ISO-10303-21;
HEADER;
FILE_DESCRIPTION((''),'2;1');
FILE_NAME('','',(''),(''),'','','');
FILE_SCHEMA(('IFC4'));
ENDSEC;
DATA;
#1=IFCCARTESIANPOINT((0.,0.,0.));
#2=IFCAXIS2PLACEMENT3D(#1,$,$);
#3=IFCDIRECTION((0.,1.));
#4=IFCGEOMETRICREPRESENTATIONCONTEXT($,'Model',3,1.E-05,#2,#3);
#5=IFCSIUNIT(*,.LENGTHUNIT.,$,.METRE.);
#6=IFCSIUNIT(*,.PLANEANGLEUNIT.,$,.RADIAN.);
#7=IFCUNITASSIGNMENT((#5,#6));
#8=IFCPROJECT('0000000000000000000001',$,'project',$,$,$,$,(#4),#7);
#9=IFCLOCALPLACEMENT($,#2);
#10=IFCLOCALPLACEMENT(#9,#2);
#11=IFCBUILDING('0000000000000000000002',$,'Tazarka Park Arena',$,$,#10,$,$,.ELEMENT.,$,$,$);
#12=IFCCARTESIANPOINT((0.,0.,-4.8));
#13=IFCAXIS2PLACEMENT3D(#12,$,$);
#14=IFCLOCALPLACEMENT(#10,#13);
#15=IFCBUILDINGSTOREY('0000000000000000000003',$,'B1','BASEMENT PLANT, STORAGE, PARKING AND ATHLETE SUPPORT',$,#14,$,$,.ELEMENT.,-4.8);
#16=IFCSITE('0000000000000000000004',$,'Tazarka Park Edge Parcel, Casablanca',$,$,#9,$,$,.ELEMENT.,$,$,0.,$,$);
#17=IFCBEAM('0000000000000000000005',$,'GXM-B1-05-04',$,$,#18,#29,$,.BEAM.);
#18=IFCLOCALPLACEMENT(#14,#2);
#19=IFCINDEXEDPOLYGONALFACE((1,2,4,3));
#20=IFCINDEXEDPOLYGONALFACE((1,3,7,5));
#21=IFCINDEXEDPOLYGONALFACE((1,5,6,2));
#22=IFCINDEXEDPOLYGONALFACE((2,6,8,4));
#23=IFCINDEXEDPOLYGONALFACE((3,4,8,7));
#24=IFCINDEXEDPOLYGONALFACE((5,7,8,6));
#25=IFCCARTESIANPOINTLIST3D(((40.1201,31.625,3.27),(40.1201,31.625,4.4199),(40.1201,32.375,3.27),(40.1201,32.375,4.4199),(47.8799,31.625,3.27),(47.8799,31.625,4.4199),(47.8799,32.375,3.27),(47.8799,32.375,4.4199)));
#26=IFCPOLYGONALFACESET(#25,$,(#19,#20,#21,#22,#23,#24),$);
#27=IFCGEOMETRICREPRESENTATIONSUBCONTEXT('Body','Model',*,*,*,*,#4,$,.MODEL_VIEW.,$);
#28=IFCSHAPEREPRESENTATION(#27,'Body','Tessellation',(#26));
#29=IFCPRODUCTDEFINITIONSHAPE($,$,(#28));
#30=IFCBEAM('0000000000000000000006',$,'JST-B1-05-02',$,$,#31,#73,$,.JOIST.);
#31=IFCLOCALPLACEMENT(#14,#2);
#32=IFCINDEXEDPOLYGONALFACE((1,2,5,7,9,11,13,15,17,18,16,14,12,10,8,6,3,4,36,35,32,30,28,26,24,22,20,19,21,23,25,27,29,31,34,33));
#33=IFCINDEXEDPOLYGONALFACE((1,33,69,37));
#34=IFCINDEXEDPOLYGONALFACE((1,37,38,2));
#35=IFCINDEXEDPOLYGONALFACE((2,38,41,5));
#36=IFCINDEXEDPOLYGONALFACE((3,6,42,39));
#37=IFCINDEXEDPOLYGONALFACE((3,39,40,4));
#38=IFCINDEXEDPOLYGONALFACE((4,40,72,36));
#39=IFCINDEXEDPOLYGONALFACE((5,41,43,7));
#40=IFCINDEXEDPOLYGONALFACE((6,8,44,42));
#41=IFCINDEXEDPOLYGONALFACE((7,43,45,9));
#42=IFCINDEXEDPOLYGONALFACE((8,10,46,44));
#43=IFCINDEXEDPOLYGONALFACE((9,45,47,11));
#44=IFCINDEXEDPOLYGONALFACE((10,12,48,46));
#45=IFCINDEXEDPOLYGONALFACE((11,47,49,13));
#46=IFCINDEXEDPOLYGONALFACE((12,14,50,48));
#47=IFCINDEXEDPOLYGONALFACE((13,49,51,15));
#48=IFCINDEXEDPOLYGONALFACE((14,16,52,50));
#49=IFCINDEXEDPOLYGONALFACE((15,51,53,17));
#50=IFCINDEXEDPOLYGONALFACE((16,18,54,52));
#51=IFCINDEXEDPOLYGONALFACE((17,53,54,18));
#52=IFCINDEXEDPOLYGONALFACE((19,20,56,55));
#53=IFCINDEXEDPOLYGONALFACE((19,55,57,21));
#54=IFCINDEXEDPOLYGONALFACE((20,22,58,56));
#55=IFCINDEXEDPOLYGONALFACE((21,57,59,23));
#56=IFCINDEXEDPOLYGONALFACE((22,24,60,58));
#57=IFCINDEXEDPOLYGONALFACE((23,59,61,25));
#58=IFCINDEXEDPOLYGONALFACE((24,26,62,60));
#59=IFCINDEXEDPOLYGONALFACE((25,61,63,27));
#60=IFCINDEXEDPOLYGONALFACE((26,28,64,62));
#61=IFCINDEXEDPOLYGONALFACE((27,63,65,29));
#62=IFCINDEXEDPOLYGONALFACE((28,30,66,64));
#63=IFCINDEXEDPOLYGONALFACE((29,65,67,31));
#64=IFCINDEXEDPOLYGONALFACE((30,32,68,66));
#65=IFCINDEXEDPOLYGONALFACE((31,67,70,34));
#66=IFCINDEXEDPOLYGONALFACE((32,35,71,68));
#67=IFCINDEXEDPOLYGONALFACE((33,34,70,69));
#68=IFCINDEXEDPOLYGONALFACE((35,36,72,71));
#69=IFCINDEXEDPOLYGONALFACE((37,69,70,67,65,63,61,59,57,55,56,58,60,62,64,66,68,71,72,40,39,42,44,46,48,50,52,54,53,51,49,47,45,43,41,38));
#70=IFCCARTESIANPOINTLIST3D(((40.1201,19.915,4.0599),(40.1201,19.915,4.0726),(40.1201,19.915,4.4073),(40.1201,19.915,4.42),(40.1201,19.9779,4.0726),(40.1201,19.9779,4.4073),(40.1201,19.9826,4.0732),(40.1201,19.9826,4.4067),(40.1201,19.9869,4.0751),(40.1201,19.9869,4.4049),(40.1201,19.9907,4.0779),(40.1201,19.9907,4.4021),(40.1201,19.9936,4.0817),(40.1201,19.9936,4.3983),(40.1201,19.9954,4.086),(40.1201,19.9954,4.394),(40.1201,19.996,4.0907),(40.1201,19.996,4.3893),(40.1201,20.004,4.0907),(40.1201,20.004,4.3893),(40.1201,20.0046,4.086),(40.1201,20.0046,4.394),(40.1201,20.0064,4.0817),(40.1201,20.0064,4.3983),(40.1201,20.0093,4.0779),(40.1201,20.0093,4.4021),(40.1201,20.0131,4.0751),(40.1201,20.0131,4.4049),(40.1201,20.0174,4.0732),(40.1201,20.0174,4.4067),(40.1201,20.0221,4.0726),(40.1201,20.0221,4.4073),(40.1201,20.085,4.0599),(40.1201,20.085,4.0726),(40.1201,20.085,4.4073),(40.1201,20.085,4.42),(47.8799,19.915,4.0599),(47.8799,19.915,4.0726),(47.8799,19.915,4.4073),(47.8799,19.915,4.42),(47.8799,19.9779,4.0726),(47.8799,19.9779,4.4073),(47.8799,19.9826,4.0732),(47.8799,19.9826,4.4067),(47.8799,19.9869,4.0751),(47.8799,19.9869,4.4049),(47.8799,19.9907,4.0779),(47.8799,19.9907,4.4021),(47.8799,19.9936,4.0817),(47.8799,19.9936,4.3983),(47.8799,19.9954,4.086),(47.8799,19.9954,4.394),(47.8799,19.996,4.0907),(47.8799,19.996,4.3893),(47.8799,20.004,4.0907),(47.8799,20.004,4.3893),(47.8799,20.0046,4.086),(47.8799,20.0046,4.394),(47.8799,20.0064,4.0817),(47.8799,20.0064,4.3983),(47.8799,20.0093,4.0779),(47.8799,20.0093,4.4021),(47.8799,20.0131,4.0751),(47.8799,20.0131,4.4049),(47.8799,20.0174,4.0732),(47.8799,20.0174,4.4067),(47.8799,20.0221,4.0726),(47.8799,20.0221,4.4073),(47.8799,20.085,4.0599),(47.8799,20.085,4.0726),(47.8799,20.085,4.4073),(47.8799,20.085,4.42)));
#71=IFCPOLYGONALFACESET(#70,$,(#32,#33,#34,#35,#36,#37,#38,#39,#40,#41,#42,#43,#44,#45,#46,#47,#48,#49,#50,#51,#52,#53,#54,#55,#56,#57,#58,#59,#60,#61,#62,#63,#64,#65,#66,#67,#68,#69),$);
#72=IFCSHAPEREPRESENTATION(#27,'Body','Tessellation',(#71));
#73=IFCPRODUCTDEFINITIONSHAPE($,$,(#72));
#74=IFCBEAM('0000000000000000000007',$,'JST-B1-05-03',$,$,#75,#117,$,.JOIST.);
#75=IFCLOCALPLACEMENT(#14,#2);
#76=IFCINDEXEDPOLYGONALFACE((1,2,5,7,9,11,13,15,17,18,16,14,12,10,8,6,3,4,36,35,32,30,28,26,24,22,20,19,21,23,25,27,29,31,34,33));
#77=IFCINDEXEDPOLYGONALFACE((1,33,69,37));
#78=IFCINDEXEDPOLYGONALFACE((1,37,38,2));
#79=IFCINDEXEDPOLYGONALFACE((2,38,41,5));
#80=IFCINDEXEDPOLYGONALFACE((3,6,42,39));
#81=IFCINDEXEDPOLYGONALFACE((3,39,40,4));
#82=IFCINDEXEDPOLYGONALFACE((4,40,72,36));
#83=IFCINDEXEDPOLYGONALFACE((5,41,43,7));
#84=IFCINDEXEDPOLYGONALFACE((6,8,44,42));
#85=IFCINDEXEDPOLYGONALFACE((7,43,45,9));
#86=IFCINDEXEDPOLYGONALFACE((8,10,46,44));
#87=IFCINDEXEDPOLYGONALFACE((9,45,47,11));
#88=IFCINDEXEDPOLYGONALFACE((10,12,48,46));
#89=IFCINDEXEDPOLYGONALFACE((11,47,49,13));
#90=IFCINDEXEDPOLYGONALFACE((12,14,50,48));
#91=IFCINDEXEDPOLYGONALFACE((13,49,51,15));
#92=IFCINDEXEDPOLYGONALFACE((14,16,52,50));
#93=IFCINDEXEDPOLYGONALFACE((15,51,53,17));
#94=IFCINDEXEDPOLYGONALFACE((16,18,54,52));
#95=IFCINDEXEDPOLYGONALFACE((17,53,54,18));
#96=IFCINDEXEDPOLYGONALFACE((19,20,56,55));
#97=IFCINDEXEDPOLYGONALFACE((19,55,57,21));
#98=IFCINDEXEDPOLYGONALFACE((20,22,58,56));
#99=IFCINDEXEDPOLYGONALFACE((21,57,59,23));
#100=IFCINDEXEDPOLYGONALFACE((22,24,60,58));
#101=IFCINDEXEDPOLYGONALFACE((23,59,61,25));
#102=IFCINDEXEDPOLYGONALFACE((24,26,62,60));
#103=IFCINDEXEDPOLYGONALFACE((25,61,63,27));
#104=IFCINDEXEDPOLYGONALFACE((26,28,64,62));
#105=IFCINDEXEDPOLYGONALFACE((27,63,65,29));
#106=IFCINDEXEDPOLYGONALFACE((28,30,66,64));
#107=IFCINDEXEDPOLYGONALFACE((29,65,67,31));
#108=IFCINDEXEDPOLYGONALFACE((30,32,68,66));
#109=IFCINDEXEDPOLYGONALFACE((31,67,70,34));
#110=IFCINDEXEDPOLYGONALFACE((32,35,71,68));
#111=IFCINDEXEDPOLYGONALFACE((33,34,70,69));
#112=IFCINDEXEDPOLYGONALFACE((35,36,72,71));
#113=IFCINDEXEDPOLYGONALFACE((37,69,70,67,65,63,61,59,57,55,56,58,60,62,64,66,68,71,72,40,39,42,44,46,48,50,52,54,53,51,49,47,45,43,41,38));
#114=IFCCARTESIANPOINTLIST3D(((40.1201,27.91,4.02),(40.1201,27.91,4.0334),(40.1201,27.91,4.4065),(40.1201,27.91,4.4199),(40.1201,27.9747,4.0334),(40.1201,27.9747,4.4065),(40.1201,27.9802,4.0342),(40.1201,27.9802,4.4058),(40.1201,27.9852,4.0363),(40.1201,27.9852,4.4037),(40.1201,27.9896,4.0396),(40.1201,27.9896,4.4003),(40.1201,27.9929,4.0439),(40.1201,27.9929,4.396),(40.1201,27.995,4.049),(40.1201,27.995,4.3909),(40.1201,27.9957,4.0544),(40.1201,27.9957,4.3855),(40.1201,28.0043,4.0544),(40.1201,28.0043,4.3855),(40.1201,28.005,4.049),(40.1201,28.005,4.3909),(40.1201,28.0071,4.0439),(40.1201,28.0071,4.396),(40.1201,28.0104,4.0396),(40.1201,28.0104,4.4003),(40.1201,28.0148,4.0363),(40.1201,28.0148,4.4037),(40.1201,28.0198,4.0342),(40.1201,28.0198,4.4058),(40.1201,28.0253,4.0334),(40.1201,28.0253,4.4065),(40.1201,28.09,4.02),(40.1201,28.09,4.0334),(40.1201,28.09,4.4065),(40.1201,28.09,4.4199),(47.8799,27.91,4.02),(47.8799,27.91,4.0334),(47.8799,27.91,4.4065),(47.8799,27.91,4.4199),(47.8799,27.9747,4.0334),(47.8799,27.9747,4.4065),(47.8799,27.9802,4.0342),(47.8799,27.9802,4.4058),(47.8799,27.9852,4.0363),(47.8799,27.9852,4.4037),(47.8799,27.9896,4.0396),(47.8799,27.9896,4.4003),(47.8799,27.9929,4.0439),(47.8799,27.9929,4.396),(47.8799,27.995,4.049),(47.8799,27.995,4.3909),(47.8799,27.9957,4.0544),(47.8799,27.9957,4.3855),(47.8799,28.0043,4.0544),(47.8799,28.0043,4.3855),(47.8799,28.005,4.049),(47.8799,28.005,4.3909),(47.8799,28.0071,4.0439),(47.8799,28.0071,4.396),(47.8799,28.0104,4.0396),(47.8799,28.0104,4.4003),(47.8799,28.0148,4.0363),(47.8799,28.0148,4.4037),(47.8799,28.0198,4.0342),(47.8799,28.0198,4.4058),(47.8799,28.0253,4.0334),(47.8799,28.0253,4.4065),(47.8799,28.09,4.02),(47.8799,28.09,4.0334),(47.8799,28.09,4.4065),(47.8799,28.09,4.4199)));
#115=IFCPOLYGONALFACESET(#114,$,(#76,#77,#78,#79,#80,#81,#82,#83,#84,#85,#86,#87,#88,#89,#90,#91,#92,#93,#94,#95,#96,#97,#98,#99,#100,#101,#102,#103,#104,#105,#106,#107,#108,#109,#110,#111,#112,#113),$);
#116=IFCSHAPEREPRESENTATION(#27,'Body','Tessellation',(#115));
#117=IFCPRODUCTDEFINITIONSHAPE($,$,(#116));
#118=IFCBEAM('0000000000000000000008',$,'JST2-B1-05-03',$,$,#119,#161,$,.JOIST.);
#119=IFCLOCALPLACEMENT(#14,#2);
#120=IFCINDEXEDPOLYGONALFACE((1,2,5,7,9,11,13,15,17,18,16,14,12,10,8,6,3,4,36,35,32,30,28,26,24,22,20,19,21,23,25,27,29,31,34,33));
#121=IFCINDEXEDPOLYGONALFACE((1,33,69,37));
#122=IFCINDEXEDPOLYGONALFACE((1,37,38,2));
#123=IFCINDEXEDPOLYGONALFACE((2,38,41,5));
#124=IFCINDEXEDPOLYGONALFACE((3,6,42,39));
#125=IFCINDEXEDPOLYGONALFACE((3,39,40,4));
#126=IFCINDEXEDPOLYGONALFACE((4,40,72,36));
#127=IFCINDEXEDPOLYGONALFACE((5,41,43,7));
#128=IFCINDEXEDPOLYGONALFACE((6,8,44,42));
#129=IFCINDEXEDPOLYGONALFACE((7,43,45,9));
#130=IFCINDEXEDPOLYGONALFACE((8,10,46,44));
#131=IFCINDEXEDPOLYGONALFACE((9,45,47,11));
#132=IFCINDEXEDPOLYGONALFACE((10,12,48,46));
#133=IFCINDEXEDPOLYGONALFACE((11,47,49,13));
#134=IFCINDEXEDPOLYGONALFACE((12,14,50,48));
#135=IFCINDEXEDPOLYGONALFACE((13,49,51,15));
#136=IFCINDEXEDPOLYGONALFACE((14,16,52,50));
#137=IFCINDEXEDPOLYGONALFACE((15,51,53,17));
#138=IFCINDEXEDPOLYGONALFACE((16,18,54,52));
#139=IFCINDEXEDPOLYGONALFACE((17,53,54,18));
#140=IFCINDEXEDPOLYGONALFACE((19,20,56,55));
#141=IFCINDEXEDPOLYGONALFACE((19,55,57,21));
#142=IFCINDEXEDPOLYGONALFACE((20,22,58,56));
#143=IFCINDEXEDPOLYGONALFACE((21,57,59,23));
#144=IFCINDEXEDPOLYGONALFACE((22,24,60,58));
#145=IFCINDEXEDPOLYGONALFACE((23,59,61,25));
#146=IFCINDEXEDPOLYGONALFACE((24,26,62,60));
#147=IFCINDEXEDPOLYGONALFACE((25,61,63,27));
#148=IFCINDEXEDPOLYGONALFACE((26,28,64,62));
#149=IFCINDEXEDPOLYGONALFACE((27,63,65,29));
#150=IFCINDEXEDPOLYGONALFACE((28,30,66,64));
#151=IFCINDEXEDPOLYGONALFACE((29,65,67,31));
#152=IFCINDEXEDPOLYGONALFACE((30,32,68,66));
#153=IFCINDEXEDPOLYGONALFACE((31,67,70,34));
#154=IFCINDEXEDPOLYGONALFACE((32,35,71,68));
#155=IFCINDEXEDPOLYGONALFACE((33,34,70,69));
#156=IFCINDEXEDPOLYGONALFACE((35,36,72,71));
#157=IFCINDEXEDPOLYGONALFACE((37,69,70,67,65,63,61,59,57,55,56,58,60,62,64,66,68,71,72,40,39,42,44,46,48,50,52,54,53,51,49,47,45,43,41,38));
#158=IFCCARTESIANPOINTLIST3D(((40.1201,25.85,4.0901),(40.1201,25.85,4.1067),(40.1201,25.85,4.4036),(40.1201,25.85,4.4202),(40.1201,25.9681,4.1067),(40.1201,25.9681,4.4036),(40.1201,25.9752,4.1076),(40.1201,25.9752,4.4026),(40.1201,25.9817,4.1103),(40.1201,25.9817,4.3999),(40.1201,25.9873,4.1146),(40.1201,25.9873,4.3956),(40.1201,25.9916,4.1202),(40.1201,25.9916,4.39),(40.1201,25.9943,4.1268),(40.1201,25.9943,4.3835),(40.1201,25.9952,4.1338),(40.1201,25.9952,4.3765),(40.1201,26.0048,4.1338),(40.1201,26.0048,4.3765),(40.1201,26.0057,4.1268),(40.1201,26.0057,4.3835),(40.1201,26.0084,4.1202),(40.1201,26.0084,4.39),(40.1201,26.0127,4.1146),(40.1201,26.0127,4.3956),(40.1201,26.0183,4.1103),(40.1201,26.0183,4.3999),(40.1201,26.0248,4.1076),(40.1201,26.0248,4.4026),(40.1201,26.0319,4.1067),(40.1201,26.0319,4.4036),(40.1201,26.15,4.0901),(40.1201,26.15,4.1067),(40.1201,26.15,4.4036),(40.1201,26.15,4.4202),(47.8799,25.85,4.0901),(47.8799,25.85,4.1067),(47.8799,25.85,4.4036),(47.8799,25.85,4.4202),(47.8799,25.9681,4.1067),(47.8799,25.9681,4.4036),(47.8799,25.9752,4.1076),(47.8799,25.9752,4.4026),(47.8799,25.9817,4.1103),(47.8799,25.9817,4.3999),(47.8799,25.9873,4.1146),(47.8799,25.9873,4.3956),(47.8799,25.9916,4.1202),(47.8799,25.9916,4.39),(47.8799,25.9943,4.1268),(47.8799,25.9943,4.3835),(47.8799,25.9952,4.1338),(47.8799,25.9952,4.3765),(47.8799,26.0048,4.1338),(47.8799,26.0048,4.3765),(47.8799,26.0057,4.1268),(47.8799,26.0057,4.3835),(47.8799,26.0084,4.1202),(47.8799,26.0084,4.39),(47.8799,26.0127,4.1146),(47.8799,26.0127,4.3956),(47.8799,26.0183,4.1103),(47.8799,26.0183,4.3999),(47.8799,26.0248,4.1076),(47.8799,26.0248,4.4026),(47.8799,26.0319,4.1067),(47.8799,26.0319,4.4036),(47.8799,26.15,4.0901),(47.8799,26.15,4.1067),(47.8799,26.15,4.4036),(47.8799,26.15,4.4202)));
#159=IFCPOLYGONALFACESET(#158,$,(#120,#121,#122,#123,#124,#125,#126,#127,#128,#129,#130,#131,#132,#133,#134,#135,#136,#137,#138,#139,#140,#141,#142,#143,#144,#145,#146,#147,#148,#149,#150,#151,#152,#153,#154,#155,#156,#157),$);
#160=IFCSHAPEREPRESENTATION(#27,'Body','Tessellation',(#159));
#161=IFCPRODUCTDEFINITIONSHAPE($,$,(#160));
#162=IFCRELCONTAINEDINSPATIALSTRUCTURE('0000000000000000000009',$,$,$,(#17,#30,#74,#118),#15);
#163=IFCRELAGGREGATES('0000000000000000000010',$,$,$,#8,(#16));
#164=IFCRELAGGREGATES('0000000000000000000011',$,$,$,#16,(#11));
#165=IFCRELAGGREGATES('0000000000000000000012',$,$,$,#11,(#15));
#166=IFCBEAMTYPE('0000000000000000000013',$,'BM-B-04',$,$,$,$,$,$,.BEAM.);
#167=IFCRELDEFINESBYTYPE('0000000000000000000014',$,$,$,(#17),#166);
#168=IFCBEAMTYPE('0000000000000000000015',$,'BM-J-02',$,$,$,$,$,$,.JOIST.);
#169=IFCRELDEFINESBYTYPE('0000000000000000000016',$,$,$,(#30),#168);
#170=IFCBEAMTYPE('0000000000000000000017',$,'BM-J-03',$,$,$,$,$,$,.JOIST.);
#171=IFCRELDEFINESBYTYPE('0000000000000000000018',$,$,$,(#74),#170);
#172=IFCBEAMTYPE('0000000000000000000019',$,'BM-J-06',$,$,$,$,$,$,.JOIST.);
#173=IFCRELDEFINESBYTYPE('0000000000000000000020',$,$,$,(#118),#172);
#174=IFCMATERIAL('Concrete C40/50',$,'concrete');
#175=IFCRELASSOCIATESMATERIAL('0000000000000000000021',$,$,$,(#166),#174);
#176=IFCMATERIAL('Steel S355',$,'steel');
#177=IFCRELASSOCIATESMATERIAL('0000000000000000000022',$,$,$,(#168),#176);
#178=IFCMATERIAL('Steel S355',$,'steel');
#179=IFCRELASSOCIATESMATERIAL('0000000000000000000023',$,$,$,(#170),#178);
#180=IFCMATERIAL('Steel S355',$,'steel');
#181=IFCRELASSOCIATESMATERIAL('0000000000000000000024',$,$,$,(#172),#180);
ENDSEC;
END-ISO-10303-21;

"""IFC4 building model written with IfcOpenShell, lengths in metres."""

from ifc_helpers import new_model, si_unit, direction, frame, origin, origin_2d, place, context, subcontext, project, spatial, rectangle, i_section, extrude, material, material_profile, profile_set, type_object, element, save


model = new_model("IFC4")

# Units and contexts
model_context = context("Model", 3, precision=1e-05, world=origin(), true_north=direction((0.0, 1.0)))
body_context = subcontext(model_context, "Body", "Model", "MODEL_VIEW")
ifc_project = project(units=[si_unit("LENGTHUNIT", "METRE"), si_unit("PLANEANGLEUNIT", "RADIAN")], contexts=[model_context])

# Site, building, storey
site_placement = place(None, origin())
site = spatial("IfcSite", under=ifc_project, at=site_placement, Name="Tazarka Park Edge Parcel, Casablanca", CompositionType="ELEMENT", RefElevation=0.0)
building_placement = place(site_placement, origin())
building = spatial("IfcBuilding", under=site, at=building_placement, Name="Tazarka Park Arena", CompositionType="ELEMENT")
storey_placement = place(building_placement, frame((0.0, 0.0, -4.8)))
storey = spatial("IfcBuildingStorey", under=building, at=storey_placement, Name="B1", Description="BASEMENT PLANT, STORAGE, PARKING AND ATHLETE SUPPORT", CompositionType="ELEMENT", Elevation=-4.8)

# Beams
ifc_material_1 = material(Name="Concrete C40/50", Category="concrete")
ifc_material_profile_1 = material_profile(ifc_material_1, rectangle(XDim=0.75, YDim=1.1499, at=origin_2d()), Name="Concrete C40/50")
ifc_profile_set_1 = profile_set([ifc_material_profile_1], Name="Concrete C40/50")
beam_type_1 = type_object("IfcBeamType", Name="BM-B-04", PredefinedType="BEAM", material=ifc_profile_set_1)
for number, where, z_axis, x_axis, name in (
    (1, (40.1201, 32.0, 3.845), (1.0, 0.0, 0.0), (0.0, 1.0, 0.0), "GXM-B1-05-04"),
):
    element("IfcBeam", number, at=place(storey_placement, frame(where, z_axis=z_axis, x_axis=x_axis)), inside=storey, type_object=beam_type_1, Name=name, PredefinedType="BEAM", context=body_context, shape_type="SweptSolid", body=[
        extrude(rectangle(XDim=0.75, YDim=1.1499, at=origin_2d()), origin(), (0.0, 0.0, 1.0), 7.7598),
    ])
ifc_material_2 = material(Name="Steel S355", Category="steel")
ifc_material_profile_2 = material_profile(ifc_material_2, i_section(OverallWidth=0.1699, OverallDepth=0.3601, WebThickness=0.0081, FlangeThickness=0.0127, FilletRadius=0.0181, at=origin_2d()), Name="Steel S355")
ifc_profile_set_2 = profile_set([ifc_material_profile_2], Name="Steel S355")
beam_type_2 = type_object("IfcBeamType", Name="BM-J-02", PredefinedType="JOIST", material=ifc_profile_set_2)
beam_1_placement = place(storey_placement, frame((40.1201, 20.0, 4.24), z_axis=(1.0, 0.0, 0.0), x_axis=(0.0, 1.0, 0.0)))
element("IfcBeam", 2, at=beam_1_placement, inside=storey, type_object=beam_type_2, Name="JST-B1-05-02", PredefinedType="JOIST", context=body_context, shape_type="SweptSolid", body=[
    extrude(i_section(OverallWidth=0.1699, OverallDepth=0.3601, WebThickness=0.0081, FlangeThickness=0.0127, FilletRadius=0.0181, at=origin_2d()), origin(), (0.0, 0.0, 1.0), 7.7598),
])
ifc_material_3 = material(Name="Steel S355", Category="steel")
ifc_material_profile_3 = material_profile(ifc_material_3, i_section(OverallWidth=0.1799, OverallDepth=0.3999, WebThickness=0.0085, FlangeThickness=0.0134, FilletRadius=0.021, at=origin_2d()), Name="Steel S355")
ifc_profile_set_3 = profile_set([ifc_material_profile_3], Name="Steel S355")
beam_type_3 = type_object("IfcBeamType", Name="BM-J-03", PredefinedType="JOIST", material=ifc_profile_set_3)
beam_2_placement = place(storey_placement, frame((40.1201, 28.0, 4.22), z_axis=(1.0, 0.0, 0.0), x_axis=(0.0, 1.0, 0.0)))
element("IfcBeam", 3, at=beam_2_placement, inside=storey, type_object=beam_type_3, Name="JST-B1-05-03", PredefinedType="JOIST", context=body_context, shape_type="SweptSolid", body=[
    extrude(i_section(OverallWidth=0.1799, OverallDepth=0.3999, WebThickness=0.0085, FlangeThickness=0.0134, FilletRadius=0.021, at=origin_2d()), origin(), (0.0, 0.0, 1.0), 7.7598),
])
ifc_material_4 = material(Name="Steel S355", Category="steel")
ifc_material_profile_4 = material_profile(ifc_material_4, i_section(OverallWidth=0.3, OverallDepth=0.3301, WebThickness=0.0095, FlangeThickness=0.0166, FilletRadius=0.0271, at=origin_2d()), Name="Steel S355")
ifc_profile_set_4 = profile_set([ifc_material_profile_4], Name="Steel S355")
beam_type_4 = type_object("IfcBeamType", Name="BM-J-06", PredefinedType="JOIST", material=ifc_profile_set_4)
beam_3_placement = place(storey_placement, frame((40.1201, 26.0, 4.2551), z_axis=(1.0, 0.0, 0.0), x_axis=(0.0, 1.0, 0.0)))
element("IfcBeam", 4, at=beam_3_placement, inside=storey, type_object=beam_type_4, Name="JST2-B1-05-03", PredefinedType="JOIST", context=body_context, shape_type="SweptSolid", body=[
    extrude(i_section(OverallWidth=0.3, OverallDepth=0.3301, WebThickness=0.0095, FlangeThickness=0.0166, FilletRadius=0.0271, at=origin_2d()), origin(), (0.0, 0.0, 1.0), 7.7598),
])

save(model, "model.ifc")
